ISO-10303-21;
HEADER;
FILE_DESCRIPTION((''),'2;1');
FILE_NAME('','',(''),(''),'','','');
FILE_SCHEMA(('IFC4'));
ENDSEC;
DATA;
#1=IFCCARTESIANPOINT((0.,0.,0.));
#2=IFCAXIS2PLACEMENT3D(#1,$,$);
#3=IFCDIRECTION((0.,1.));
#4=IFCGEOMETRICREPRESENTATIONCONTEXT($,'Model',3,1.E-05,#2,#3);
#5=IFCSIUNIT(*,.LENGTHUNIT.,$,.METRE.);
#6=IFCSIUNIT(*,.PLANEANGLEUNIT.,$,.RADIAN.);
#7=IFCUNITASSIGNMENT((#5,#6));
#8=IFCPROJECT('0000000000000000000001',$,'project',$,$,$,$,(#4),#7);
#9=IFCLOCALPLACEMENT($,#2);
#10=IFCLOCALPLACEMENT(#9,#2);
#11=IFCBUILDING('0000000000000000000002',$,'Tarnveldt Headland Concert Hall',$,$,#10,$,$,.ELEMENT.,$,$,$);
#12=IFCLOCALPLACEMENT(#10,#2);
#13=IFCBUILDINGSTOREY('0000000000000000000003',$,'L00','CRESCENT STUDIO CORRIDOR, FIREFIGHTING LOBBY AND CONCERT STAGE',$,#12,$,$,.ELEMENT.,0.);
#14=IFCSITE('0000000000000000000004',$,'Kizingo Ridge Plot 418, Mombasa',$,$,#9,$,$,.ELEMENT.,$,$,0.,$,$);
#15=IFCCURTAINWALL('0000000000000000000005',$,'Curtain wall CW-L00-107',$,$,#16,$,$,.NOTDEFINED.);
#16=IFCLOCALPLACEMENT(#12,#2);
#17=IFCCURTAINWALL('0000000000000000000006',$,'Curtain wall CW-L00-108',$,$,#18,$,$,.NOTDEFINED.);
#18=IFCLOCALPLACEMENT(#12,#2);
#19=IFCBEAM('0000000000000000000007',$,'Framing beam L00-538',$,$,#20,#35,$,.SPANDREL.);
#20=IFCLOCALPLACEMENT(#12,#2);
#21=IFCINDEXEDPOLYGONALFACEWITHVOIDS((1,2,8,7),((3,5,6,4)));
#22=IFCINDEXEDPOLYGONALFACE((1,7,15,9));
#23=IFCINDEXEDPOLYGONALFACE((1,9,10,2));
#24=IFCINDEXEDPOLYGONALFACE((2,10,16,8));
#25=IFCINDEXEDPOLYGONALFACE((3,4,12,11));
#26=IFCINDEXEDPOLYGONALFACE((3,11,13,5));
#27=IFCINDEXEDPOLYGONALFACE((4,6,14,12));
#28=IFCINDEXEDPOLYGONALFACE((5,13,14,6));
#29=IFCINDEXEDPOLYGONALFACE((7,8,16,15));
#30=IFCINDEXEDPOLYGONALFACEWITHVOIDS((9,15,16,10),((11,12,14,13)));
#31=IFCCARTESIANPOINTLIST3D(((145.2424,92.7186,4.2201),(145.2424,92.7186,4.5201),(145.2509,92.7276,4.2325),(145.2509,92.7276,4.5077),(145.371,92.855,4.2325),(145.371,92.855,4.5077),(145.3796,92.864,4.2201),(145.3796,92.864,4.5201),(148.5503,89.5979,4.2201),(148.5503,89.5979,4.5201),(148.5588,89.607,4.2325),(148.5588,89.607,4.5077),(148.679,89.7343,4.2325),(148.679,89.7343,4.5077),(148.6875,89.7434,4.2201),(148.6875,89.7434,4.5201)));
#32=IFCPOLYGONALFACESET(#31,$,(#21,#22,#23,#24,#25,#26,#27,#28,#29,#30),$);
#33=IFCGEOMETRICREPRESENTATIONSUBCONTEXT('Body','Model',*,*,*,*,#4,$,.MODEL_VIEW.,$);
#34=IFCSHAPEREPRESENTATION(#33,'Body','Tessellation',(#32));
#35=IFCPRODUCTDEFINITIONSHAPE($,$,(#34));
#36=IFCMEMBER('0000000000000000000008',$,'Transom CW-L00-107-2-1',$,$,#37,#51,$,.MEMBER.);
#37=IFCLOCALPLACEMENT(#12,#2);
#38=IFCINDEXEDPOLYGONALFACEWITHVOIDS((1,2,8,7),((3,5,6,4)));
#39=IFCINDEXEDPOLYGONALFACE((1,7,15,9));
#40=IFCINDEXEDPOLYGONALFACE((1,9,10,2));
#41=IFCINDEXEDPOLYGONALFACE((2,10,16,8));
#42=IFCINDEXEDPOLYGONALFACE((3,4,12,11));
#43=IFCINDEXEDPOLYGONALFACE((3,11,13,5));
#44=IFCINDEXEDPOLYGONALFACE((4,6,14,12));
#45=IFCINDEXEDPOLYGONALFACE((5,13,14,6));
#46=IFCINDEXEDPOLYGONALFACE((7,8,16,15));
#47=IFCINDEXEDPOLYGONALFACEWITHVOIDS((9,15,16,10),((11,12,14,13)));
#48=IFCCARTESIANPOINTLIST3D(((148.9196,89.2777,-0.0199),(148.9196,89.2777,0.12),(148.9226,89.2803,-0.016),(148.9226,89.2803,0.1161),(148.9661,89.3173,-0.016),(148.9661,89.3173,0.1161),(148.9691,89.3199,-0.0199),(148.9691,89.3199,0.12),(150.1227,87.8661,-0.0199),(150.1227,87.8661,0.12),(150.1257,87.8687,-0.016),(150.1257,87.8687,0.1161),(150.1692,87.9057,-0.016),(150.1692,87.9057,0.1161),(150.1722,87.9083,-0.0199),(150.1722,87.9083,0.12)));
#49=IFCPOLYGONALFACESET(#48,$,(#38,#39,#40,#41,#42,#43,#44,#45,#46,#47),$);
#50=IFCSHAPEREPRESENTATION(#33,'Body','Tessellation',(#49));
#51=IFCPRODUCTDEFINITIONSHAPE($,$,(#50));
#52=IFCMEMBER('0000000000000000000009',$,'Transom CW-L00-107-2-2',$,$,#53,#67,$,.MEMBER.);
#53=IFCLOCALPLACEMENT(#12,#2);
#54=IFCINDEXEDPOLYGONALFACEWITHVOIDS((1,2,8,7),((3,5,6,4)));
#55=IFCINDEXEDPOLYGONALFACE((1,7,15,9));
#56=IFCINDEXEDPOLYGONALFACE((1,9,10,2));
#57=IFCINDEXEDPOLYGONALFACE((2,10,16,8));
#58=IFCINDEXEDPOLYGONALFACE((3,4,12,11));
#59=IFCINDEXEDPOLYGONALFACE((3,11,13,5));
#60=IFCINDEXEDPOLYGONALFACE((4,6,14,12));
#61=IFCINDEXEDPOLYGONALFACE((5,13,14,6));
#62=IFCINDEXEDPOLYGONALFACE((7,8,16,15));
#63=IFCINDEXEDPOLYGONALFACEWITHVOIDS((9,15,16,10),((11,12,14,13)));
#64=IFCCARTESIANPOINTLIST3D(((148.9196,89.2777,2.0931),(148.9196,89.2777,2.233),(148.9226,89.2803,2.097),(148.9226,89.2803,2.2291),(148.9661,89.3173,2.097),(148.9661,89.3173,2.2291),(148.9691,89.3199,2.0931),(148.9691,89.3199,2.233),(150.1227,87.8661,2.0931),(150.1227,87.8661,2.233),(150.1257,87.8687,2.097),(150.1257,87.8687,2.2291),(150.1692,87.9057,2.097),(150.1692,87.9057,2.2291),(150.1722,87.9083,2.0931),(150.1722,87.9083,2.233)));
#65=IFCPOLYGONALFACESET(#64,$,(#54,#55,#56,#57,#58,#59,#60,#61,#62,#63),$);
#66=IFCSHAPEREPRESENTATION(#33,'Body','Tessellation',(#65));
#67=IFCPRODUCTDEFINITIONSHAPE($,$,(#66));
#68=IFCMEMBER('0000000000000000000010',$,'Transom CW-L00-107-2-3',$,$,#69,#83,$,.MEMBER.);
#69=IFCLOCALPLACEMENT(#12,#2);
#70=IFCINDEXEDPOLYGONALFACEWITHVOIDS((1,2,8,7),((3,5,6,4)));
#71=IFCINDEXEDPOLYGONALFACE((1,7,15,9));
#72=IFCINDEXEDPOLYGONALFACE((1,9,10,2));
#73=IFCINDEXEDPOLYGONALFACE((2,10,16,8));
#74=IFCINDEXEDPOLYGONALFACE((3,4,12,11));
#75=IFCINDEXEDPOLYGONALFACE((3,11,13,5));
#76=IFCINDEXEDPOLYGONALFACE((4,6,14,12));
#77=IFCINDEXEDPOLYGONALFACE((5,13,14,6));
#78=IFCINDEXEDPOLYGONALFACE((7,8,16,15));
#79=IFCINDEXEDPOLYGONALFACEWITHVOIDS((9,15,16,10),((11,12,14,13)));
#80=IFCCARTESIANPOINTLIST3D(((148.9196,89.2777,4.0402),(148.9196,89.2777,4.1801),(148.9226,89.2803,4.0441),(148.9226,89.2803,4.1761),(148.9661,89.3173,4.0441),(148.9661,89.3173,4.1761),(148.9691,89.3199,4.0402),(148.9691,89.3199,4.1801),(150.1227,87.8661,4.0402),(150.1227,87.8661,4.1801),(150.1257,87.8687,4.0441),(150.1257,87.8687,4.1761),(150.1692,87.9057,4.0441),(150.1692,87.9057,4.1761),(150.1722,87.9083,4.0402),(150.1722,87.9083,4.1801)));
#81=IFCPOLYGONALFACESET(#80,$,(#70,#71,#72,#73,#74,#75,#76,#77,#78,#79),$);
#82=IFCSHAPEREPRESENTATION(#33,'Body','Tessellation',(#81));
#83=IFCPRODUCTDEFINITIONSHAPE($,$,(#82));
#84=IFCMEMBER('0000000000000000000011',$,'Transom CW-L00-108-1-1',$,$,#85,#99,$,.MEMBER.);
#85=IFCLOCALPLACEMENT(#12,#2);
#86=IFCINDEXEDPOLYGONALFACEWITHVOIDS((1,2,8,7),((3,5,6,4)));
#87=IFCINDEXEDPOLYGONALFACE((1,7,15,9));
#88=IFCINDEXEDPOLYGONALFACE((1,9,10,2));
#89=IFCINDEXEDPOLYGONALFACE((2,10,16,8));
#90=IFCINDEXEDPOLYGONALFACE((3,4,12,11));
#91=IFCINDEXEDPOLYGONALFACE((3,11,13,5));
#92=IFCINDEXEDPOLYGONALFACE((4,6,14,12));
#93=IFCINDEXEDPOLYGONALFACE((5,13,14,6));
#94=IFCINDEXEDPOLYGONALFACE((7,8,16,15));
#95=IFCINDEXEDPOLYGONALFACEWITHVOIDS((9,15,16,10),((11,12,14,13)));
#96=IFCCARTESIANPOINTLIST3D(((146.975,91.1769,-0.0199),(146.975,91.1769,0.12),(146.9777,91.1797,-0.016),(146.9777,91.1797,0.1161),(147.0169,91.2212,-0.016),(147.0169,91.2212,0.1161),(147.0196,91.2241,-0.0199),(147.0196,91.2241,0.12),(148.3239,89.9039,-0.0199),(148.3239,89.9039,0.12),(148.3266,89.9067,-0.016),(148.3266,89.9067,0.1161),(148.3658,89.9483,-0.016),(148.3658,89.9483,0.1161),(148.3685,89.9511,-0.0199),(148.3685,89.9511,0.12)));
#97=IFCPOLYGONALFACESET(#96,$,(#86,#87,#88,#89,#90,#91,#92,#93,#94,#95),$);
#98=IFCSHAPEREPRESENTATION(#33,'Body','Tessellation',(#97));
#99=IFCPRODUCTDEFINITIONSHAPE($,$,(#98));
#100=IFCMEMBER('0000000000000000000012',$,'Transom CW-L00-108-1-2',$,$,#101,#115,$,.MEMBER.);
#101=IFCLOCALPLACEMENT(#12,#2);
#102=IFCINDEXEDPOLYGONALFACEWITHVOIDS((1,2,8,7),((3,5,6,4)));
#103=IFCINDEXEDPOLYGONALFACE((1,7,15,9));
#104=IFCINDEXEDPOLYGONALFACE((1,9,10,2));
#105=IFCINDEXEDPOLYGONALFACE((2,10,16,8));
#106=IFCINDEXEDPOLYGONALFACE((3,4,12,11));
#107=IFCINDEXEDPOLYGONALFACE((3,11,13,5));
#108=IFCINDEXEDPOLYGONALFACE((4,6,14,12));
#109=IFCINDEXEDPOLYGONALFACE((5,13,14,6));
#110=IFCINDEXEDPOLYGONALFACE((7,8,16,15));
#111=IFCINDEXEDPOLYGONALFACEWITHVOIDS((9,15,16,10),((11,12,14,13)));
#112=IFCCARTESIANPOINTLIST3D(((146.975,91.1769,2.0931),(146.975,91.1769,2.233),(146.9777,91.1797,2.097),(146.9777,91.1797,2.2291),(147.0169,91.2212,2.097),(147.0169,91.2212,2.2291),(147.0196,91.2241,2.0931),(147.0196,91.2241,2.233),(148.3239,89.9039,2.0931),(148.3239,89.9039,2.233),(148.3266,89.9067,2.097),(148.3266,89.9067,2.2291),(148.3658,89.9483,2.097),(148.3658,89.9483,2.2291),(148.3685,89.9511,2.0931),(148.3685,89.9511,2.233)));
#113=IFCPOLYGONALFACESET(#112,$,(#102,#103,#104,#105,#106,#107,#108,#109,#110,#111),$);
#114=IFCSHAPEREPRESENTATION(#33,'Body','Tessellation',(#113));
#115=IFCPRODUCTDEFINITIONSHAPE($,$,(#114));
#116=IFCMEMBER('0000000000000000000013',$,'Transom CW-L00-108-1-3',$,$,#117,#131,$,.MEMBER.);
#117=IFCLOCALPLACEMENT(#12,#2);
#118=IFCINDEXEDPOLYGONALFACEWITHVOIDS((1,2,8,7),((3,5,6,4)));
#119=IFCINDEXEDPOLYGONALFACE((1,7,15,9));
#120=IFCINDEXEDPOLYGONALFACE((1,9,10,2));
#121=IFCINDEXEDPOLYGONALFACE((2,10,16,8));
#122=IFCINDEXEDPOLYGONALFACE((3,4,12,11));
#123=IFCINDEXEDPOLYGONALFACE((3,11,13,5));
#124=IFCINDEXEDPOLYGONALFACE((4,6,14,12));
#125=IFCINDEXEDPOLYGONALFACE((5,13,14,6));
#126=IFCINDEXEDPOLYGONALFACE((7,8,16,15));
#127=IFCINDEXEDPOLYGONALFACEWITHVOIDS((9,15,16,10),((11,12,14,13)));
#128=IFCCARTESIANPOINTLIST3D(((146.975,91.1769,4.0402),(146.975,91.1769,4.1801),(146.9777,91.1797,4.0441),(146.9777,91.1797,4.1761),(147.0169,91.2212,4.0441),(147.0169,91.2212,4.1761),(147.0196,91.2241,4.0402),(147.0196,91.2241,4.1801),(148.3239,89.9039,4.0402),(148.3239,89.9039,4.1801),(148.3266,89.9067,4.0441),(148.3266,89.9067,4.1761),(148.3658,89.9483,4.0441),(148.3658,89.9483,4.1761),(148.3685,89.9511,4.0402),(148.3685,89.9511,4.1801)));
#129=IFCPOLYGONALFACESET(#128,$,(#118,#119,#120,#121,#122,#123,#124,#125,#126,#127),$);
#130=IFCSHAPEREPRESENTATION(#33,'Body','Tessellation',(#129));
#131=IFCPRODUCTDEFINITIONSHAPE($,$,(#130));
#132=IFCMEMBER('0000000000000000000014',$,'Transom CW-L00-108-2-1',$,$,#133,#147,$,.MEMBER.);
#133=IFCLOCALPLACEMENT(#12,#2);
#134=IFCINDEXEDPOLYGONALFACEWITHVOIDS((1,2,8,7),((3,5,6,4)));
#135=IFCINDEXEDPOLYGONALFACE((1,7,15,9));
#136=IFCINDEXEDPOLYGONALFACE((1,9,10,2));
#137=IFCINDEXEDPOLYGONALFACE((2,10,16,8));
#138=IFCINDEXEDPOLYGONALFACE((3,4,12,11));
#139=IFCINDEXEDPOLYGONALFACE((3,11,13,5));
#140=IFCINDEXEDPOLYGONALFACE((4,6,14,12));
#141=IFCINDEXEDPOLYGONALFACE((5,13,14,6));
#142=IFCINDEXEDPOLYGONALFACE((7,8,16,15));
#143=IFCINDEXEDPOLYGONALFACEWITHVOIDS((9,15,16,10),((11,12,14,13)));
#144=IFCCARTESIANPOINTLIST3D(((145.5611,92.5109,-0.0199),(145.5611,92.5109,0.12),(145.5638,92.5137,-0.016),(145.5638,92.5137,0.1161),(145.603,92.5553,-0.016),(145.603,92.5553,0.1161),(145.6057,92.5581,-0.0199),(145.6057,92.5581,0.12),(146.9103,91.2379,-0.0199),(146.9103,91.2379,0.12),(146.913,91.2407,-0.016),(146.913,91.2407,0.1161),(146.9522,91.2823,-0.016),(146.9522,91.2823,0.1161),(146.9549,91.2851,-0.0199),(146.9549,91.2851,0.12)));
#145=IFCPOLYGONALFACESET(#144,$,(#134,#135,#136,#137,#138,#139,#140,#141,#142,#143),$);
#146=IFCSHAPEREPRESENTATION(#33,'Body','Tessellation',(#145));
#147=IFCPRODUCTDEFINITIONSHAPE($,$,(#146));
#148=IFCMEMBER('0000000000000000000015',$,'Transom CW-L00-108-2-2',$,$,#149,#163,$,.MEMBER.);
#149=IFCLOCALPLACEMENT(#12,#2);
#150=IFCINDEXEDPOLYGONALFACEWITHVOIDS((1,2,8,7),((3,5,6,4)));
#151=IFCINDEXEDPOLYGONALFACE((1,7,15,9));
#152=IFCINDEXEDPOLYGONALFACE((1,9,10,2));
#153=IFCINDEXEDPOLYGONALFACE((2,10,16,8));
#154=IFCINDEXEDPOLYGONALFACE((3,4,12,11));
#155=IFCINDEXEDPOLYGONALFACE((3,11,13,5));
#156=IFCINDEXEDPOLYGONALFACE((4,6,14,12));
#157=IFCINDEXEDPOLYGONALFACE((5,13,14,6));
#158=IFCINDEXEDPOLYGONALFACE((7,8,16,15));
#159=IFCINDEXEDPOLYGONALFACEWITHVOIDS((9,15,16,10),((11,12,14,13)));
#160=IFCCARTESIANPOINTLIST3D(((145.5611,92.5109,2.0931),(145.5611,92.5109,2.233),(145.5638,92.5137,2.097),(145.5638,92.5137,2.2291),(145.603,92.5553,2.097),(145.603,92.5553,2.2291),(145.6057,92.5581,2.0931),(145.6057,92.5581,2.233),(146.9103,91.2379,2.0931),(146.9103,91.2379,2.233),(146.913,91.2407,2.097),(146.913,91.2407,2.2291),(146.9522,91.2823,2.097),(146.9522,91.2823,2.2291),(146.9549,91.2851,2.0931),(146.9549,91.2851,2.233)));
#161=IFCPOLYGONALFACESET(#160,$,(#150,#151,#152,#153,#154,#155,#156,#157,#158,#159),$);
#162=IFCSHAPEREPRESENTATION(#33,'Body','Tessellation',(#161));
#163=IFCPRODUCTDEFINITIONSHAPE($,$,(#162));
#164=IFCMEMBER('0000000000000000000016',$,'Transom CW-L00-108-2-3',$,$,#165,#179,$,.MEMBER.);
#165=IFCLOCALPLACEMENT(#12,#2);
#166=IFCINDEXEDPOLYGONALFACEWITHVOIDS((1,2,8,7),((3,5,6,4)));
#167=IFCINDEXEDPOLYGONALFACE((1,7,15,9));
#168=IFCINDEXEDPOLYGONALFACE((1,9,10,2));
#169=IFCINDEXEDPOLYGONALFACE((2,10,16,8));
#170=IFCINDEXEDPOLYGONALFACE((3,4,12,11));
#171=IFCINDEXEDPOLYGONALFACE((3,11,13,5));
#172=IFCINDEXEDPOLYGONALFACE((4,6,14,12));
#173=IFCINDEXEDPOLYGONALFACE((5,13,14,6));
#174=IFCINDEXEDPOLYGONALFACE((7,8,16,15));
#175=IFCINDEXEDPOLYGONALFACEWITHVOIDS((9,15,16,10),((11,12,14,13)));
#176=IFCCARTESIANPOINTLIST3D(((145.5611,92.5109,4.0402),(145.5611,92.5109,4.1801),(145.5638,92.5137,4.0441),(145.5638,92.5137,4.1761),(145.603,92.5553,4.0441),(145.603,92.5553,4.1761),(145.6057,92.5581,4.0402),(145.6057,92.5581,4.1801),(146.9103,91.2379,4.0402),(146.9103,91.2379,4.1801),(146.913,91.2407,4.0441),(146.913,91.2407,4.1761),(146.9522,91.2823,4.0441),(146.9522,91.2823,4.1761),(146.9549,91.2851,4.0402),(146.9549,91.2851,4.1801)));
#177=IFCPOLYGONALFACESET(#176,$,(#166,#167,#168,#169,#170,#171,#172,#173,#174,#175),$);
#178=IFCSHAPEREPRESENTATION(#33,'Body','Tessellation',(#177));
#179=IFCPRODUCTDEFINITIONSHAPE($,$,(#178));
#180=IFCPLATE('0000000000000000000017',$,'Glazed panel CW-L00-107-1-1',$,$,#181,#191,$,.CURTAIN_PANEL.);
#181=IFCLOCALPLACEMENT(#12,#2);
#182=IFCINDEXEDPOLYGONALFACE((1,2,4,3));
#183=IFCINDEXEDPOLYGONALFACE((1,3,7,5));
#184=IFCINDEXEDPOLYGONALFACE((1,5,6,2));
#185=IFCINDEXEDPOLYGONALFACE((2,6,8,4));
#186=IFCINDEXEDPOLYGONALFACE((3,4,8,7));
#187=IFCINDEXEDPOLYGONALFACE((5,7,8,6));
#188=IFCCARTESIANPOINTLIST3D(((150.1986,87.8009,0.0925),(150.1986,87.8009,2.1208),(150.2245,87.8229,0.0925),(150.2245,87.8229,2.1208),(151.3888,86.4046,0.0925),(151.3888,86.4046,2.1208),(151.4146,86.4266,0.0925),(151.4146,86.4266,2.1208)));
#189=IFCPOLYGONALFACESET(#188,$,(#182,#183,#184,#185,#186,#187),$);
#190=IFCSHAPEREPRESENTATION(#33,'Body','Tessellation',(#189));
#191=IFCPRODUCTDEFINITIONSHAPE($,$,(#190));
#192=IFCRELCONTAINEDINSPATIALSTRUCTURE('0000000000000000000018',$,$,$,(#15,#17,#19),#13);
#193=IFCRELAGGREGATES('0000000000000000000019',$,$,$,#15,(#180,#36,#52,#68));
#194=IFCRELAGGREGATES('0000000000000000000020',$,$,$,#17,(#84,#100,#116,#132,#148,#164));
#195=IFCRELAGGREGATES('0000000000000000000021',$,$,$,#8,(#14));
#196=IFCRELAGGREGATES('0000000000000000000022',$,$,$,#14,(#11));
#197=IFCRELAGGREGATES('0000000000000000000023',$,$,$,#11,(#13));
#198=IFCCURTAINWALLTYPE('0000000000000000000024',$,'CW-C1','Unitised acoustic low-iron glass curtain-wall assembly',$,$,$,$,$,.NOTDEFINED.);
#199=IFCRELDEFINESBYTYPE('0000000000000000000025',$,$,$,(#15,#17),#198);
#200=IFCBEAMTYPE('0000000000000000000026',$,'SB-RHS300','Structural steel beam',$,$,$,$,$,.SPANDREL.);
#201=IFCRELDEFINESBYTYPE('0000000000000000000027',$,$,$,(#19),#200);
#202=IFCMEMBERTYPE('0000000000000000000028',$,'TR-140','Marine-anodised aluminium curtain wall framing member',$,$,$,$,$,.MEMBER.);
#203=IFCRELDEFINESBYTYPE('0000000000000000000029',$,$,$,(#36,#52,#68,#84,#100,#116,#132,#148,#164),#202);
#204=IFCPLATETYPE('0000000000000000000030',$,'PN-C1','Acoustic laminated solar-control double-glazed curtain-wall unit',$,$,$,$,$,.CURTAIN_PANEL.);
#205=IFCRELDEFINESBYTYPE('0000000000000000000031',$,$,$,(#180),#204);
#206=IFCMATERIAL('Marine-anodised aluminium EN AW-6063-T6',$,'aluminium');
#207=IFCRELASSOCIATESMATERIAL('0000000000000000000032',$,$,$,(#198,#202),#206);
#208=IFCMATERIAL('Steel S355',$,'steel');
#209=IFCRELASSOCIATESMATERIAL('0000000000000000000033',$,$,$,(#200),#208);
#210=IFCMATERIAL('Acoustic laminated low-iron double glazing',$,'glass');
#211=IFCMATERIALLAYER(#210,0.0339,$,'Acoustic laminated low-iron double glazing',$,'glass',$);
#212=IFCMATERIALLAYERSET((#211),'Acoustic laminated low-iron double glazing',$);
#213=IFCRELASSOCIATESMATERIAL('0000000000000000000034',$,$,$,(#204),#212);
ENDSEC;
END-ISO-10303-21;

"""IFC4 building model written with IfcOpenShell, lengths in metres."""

from ifc_helpers import new_model, si_unit, direction, frame, origin, origin_2d, place, context, subcontext, project, spatial, rectangle, hollow_rectangle, extrude, material, layer, layer_set, material_profile, profile_set, type_object, element, aggregate, save


model = new_model("IFC4")

# Units and contexts
model_context = context("Model", 3, precision=1e-05, world=origin(), true_north=direction((0.0, 1.0)))
body_context = subcontext(model_context, "Body", "Model", "MODEL_VIEW")
ifc_project = project(units=[si_unit("LENGTHUNIT", "METRE"), si_unit("PLANEANGLEUNIT", "RADIAN")], contexts=[model_context])

# Site, building, storey
site_placement = place(None, origin())
site = spatial("IfcSite", under=ifc_project, at=site_placement, Name="Kizingo Ridge Plot 418, Mombasa", CompositionType="ELEMENT", RefElevation=0.0)
building_placement = place(site_placement, origin())
building = spatial("IfcBuilding", under=site, at=building_placement, Name="Tarnveldt Headland Concert Hall", CompositionType="ELEMENT")
storey_placement = place(building_placement, origin())
storey = spatial("IfcBuildingStorey", under=building, at=storey_placement, Name="L00", Description="CRESCENT STUDIO CORRIDOR, FIREFIGHTING LOBBY AND CONCERT STAGE", CompositionType="ELEMENT", Elevation=0.0)

# Curtain walls
ifc_material_1 = material(Name="Marine-anodised aluminium EN AW-6063-T6", Category="aluminium")
curtain_wall_type = type_object("IfcCurtainWallType", Name="CW-C1", Description="Unitised acoustic low-iron glass curtain-wall assembly", PredefinedType="NOTDEFINED", material=ifc_material_1)
curtain_wall_1_placement = place(storey_placement, origin())
curtain_wall_1 = element("IfcCurtainWall", 1, at=curtain_wall_1_placement, inside=storey, type_object=curtain_wall_type, Name="Curtain wall CW-L00-107", PredefinedType="NOTDEFINED")
curtain_wall_2_placement = place(storey_placement, origin())
curtain_wall_2 = element("IfcCurtainWall", 2, at=curtain_wall_2_placement, inside=storey, type_object=curtain_wall_type, Name="Curtain wall CW-L00-108", PredefinedType="NOTDEFINED")

# Beam
ifc_material_2 = material(Name="Steel S355", Category="steel")
ifc_material_profile_1 = material_profile(ifc_material_2, hollow_rectangle(XDim=0.2, YDim=0.3, WallThickness=0.0125, at=origin_2d()), Name="RHS 300x200x12.5", Category="steel")
ifc_profile_set_1 = profile_set([ifc_material_profile_1], Name="Steel S355")
beam_type_1 = type_object("IfcBeamType", Name="SB-RHS300", Description="Structural steel beam", PredefinedType="SPANDREL", material=ifc_profile_set_1)
beam_1_placement = place(storey_placement, frame((148.6189, 89.6707, 4.3701), z_axis=(-0.727396, 0.686218, 0.0), x_axis=(-0.686218, -0.727396, 0.0)))
element("IfcBeam", 3, at=beam_1_placement, inside=storey, type_object=beam_type_1, Name="Framing beam L00-538", PredefinedType="SPANDREL", context=body_context, shape_type="SweptSolid", body=[
    extrude(hollow_rectangle(XDim=0.2, YDim=0.3, WallThickness=0.0125, at=origin_2d()), origin(), (0.0, 0.0, 1.0), 4.5476),
])

# Members
ifc_material_profile_2 = material_profile(ifc_material_1, hollow_rectangle(XDim=0.0649, YDim=0.1399, WallThickness=0.0039, at=origin_2d()), Name="ALU TRANSOM 65x140x4", Category="aluminium")
ifc_profile_set_2 = profile_set([ifc_material_profile_2], Name="Marine-anodised aluminium EN AW-6063-T6")
member_type_1 = type_object("IfcMemberType", Name="TR-140", Description="Marine-anodised aluminium curtain wall framing member", PredefinedType="MEMBER", material=ifc_profile_set_2)
member_1_placement = place(storey_placement, frame((150.1475, 87.8872, 0.05), z_axis=(-0.648664, 0.761075, 0.0), x_axis=(-0.761075, -0.648664, 0.0)))
member_1 = element("IfcMember", 4, at=member_1_placement, type_object=member_type_1, Name="Transom CW-L00-107-2-1", PredefinedType="MEMBER", context=body_context, shape_type="SweptSolid", body=[
    extrude(hollow_rectangle(XDim=0.0649, YDim=0.1399, WallThickness=0.0039, at=origin_2d()), origin(), (0.0, 0.0, 1.0), 1.8547),
])
member_2_placement = place(storey_placement, frame((150.1475, 87.8872, 2.1631), z_axis=(-0.648664, 0.761075, 0.0), x_axis=(-0.761075, -0.648664, 0.0)))
member_2 = element("IfcMember", 5, at=member_2_placement, type_object=member_type_1, Name="Transom CW-L00-107-2-2", PredefinedType="MEMBER", context=body_context, shape_type="SweptSolid", body=[
    extrude(hollow_rectangle(XDim=0.0649, YDim=0.1399, WallThickness=0.0039, at=origin_2d()), origin(), (0.0, 0.0, 1.0), 1.8547),
])
member_3_placement = place(storey_placement, frame((150.1475, 87.8872, 4.1101), z_axis=(-0.648664, 0.761075, 0.0), x_axis=(-0.761075, -0.648664, 0.0)))
member_3 = element("IfcMember", 6, at=member_3_placement, type_object=member_type_1, Name="Transom CW-L00-107-2-3", PredefinedType="MEMBER", context=body_context, shape_type="SweptSolid", body=[
    extrude(hollow_rectangle(XDim=0.0649, YDim=0.1399, WallThickness=0.0039, at=origin_2d()), origin(), (0.0, 0.0, 1.0), 1.8547),
])
member_4_placement = place(storey_placement, frame((148.3462, 89.9275, 0.05), z_axis=(-0.72728, 0.686341, 0.0), x_axis=(-0.686341, -0.72728, 0.0)))
member_4 = element("IfcMember", 7, at=member_4_placement, type_object=member_type_1, Name="Transom CW-L00-108-1-1", PredefinedType="MEMBER", context=body_context, shape_type="SweptSolid", body=[
    extrude(hollow_rectangle(XDim=0.0649, YDim=0.1399, WallThickness=0.0039, at=origin_2d()), origin(), (0.0, 0.0, 1.0), 1.8547),
])
member_5_placement = place(storey_placement, frame((148.3462, 89.9275, 2.1631), z_axis=(-0.72728, 0.686341, 0.0), x_axis=(-0.686341, -0.72728, 0.0)))
member_5 = element("IfcMember", 8, at=member_5_placement, type_object=member_type_1, Name="Transom CW-L00-108-1-2", PredefinedType="MEMBER", context=body_context, shape_type="SweptSolid", body=[
    extrude(hollow_rectangle(XDim=0.0649, YDim=0.1399, WallThickness=0.0039, at=origin_2d()), origin(), (0.0, 0.0, 1.0), 1.8547),
])
member_6_placement = place(storey_placement, frame((148.3462, 89.9275, 4.1101), z_axis=(-0.72728, 0.686341, 0.0), x_axis=(-0.686341, -0.72728, 0.0)))
member_6 = element("IfcMember", 9, at=member_6_placement, type_object=member_type_1, Name="Transom CW-L00-108-1-3", PredefinedType="MEMBER", context=body_context, shape_type="SweptSolid", body=[
    extrude(hollow_rectangle(XDim=0.0649, YDim=0.1399, WallThickness=0.0039, at=origin_2d()), origin(), (0.0, 0.0, 1.0), 1.8547),
])
member_7_placement = place(storey_placement, frame((146.9326, 91.2615, 0.05), z_axis=(-0.727342, 0.686276, 0.0), x_axis=(-0.686276, -0.727342, 0.0)))
member_7 = element("IfcMember", 10, at=member_7_placement, type_object=member_type_1, Name="Transom CW-L00-108-2-1", PredefinedType="MEMBER", context=body_context, shape_type="SweptSolid", body=[
    extrude(hollow_rectangle(XDim=0.0649, YDim=0.1399, WallThickness=0.0039, at=origin_2d()), origin(), (0.0, 0.0, 1.0), 1.855),
])
member_8_placement = place(storey_placement, frame((146.9326, 91.2615, 2.1631), z_axis=(-0.727342, 0.686276, 0.0), x_axis=(-0.686276, -0.727342, 0.0)))
member_8 = element("IfcMember", 11, at=member_8_placement, type_object=member_type_1, Name="Transom CW-L00-108-2-2", PredefinedType="MEMBER", context=body_context, shape_type="SweptSolid", body=[
    extrude(hollow_rectangle(XDim=0.0649, YDim=0.1399, WallThickness=0.0039, at=origin_2d()), origin(), (0.0, 0.0, 1.0), 1.855),
])
member_9_placement = place(storey_placement, frame((146.9326, 91.2615, 4.1101), z_axis=(-0.727342, 0.686276, 0.0), x_axis=(-0.686276, -0.727342, 0.0)))
member_9 = element("IfcMember", 12, at=member_9_placement, type_object=member_type_1, Name="Transom CW-L00-108-2-3", PredefinedType="MEMBER", context=body_context, shape_type="SweptSolid", body=[
    extrude(hollow_rectangle(XDim=0.0649, YDim=0.1399, WallThickness=0.0039, at=origin_2d()), origin(), (0.0, 0.0, 1.0), 1.855),
])

# Plate
ifc_material_3 = material(Name="Acoustic laminated low-iron double glazing", Category="glass")
ifc_layer_1 = layer(ifc_material_3, 0.0339, Name="Acoustic laminated low-iron double glazing", Category="glass")
ifc_layer_set_1 = layer_set([ifc_layer_1], Name="Acoustic laminated low-iron double glazing")
plate_type = type_object("IfcPlateType", Name="PN-C1", Description="Acoustic laminated solar-control double-glazed curtain-wall unit", PredefinedType="CURTAIN_PANEL", material=ifc_layer_set_1)
plate_1_placement = place(storey_placement, frame((150.8066, 87.1138, 0.0925), z_axis=(0.0, 0.0, 1.0), x_axis=(-0.648705, 0.76104, 0.0)))
plate_1 = element("IfcPlate", 13, at=plate_1_placement, type_object=plate_type, Name="Glazed panel CW-L00-107-1-1", PredefinedType="CURTAIN_PANEL", context=body_context, shape_type="SweptSolid", body=[
    extrude(rectangle(XDim=1.8347, YDim=0.0339, at=origin_2d()), origin(), (0.0, 0.0, 1.0), 2.0283),
])
aggregate(curtain_wall_1, [plate_1, member_1, member_2, member_3])
aggregate(curtain_wall_2, [member_4, member_5, member_6, member_7, member_8, member_9])

save(model, "model.ifc")
